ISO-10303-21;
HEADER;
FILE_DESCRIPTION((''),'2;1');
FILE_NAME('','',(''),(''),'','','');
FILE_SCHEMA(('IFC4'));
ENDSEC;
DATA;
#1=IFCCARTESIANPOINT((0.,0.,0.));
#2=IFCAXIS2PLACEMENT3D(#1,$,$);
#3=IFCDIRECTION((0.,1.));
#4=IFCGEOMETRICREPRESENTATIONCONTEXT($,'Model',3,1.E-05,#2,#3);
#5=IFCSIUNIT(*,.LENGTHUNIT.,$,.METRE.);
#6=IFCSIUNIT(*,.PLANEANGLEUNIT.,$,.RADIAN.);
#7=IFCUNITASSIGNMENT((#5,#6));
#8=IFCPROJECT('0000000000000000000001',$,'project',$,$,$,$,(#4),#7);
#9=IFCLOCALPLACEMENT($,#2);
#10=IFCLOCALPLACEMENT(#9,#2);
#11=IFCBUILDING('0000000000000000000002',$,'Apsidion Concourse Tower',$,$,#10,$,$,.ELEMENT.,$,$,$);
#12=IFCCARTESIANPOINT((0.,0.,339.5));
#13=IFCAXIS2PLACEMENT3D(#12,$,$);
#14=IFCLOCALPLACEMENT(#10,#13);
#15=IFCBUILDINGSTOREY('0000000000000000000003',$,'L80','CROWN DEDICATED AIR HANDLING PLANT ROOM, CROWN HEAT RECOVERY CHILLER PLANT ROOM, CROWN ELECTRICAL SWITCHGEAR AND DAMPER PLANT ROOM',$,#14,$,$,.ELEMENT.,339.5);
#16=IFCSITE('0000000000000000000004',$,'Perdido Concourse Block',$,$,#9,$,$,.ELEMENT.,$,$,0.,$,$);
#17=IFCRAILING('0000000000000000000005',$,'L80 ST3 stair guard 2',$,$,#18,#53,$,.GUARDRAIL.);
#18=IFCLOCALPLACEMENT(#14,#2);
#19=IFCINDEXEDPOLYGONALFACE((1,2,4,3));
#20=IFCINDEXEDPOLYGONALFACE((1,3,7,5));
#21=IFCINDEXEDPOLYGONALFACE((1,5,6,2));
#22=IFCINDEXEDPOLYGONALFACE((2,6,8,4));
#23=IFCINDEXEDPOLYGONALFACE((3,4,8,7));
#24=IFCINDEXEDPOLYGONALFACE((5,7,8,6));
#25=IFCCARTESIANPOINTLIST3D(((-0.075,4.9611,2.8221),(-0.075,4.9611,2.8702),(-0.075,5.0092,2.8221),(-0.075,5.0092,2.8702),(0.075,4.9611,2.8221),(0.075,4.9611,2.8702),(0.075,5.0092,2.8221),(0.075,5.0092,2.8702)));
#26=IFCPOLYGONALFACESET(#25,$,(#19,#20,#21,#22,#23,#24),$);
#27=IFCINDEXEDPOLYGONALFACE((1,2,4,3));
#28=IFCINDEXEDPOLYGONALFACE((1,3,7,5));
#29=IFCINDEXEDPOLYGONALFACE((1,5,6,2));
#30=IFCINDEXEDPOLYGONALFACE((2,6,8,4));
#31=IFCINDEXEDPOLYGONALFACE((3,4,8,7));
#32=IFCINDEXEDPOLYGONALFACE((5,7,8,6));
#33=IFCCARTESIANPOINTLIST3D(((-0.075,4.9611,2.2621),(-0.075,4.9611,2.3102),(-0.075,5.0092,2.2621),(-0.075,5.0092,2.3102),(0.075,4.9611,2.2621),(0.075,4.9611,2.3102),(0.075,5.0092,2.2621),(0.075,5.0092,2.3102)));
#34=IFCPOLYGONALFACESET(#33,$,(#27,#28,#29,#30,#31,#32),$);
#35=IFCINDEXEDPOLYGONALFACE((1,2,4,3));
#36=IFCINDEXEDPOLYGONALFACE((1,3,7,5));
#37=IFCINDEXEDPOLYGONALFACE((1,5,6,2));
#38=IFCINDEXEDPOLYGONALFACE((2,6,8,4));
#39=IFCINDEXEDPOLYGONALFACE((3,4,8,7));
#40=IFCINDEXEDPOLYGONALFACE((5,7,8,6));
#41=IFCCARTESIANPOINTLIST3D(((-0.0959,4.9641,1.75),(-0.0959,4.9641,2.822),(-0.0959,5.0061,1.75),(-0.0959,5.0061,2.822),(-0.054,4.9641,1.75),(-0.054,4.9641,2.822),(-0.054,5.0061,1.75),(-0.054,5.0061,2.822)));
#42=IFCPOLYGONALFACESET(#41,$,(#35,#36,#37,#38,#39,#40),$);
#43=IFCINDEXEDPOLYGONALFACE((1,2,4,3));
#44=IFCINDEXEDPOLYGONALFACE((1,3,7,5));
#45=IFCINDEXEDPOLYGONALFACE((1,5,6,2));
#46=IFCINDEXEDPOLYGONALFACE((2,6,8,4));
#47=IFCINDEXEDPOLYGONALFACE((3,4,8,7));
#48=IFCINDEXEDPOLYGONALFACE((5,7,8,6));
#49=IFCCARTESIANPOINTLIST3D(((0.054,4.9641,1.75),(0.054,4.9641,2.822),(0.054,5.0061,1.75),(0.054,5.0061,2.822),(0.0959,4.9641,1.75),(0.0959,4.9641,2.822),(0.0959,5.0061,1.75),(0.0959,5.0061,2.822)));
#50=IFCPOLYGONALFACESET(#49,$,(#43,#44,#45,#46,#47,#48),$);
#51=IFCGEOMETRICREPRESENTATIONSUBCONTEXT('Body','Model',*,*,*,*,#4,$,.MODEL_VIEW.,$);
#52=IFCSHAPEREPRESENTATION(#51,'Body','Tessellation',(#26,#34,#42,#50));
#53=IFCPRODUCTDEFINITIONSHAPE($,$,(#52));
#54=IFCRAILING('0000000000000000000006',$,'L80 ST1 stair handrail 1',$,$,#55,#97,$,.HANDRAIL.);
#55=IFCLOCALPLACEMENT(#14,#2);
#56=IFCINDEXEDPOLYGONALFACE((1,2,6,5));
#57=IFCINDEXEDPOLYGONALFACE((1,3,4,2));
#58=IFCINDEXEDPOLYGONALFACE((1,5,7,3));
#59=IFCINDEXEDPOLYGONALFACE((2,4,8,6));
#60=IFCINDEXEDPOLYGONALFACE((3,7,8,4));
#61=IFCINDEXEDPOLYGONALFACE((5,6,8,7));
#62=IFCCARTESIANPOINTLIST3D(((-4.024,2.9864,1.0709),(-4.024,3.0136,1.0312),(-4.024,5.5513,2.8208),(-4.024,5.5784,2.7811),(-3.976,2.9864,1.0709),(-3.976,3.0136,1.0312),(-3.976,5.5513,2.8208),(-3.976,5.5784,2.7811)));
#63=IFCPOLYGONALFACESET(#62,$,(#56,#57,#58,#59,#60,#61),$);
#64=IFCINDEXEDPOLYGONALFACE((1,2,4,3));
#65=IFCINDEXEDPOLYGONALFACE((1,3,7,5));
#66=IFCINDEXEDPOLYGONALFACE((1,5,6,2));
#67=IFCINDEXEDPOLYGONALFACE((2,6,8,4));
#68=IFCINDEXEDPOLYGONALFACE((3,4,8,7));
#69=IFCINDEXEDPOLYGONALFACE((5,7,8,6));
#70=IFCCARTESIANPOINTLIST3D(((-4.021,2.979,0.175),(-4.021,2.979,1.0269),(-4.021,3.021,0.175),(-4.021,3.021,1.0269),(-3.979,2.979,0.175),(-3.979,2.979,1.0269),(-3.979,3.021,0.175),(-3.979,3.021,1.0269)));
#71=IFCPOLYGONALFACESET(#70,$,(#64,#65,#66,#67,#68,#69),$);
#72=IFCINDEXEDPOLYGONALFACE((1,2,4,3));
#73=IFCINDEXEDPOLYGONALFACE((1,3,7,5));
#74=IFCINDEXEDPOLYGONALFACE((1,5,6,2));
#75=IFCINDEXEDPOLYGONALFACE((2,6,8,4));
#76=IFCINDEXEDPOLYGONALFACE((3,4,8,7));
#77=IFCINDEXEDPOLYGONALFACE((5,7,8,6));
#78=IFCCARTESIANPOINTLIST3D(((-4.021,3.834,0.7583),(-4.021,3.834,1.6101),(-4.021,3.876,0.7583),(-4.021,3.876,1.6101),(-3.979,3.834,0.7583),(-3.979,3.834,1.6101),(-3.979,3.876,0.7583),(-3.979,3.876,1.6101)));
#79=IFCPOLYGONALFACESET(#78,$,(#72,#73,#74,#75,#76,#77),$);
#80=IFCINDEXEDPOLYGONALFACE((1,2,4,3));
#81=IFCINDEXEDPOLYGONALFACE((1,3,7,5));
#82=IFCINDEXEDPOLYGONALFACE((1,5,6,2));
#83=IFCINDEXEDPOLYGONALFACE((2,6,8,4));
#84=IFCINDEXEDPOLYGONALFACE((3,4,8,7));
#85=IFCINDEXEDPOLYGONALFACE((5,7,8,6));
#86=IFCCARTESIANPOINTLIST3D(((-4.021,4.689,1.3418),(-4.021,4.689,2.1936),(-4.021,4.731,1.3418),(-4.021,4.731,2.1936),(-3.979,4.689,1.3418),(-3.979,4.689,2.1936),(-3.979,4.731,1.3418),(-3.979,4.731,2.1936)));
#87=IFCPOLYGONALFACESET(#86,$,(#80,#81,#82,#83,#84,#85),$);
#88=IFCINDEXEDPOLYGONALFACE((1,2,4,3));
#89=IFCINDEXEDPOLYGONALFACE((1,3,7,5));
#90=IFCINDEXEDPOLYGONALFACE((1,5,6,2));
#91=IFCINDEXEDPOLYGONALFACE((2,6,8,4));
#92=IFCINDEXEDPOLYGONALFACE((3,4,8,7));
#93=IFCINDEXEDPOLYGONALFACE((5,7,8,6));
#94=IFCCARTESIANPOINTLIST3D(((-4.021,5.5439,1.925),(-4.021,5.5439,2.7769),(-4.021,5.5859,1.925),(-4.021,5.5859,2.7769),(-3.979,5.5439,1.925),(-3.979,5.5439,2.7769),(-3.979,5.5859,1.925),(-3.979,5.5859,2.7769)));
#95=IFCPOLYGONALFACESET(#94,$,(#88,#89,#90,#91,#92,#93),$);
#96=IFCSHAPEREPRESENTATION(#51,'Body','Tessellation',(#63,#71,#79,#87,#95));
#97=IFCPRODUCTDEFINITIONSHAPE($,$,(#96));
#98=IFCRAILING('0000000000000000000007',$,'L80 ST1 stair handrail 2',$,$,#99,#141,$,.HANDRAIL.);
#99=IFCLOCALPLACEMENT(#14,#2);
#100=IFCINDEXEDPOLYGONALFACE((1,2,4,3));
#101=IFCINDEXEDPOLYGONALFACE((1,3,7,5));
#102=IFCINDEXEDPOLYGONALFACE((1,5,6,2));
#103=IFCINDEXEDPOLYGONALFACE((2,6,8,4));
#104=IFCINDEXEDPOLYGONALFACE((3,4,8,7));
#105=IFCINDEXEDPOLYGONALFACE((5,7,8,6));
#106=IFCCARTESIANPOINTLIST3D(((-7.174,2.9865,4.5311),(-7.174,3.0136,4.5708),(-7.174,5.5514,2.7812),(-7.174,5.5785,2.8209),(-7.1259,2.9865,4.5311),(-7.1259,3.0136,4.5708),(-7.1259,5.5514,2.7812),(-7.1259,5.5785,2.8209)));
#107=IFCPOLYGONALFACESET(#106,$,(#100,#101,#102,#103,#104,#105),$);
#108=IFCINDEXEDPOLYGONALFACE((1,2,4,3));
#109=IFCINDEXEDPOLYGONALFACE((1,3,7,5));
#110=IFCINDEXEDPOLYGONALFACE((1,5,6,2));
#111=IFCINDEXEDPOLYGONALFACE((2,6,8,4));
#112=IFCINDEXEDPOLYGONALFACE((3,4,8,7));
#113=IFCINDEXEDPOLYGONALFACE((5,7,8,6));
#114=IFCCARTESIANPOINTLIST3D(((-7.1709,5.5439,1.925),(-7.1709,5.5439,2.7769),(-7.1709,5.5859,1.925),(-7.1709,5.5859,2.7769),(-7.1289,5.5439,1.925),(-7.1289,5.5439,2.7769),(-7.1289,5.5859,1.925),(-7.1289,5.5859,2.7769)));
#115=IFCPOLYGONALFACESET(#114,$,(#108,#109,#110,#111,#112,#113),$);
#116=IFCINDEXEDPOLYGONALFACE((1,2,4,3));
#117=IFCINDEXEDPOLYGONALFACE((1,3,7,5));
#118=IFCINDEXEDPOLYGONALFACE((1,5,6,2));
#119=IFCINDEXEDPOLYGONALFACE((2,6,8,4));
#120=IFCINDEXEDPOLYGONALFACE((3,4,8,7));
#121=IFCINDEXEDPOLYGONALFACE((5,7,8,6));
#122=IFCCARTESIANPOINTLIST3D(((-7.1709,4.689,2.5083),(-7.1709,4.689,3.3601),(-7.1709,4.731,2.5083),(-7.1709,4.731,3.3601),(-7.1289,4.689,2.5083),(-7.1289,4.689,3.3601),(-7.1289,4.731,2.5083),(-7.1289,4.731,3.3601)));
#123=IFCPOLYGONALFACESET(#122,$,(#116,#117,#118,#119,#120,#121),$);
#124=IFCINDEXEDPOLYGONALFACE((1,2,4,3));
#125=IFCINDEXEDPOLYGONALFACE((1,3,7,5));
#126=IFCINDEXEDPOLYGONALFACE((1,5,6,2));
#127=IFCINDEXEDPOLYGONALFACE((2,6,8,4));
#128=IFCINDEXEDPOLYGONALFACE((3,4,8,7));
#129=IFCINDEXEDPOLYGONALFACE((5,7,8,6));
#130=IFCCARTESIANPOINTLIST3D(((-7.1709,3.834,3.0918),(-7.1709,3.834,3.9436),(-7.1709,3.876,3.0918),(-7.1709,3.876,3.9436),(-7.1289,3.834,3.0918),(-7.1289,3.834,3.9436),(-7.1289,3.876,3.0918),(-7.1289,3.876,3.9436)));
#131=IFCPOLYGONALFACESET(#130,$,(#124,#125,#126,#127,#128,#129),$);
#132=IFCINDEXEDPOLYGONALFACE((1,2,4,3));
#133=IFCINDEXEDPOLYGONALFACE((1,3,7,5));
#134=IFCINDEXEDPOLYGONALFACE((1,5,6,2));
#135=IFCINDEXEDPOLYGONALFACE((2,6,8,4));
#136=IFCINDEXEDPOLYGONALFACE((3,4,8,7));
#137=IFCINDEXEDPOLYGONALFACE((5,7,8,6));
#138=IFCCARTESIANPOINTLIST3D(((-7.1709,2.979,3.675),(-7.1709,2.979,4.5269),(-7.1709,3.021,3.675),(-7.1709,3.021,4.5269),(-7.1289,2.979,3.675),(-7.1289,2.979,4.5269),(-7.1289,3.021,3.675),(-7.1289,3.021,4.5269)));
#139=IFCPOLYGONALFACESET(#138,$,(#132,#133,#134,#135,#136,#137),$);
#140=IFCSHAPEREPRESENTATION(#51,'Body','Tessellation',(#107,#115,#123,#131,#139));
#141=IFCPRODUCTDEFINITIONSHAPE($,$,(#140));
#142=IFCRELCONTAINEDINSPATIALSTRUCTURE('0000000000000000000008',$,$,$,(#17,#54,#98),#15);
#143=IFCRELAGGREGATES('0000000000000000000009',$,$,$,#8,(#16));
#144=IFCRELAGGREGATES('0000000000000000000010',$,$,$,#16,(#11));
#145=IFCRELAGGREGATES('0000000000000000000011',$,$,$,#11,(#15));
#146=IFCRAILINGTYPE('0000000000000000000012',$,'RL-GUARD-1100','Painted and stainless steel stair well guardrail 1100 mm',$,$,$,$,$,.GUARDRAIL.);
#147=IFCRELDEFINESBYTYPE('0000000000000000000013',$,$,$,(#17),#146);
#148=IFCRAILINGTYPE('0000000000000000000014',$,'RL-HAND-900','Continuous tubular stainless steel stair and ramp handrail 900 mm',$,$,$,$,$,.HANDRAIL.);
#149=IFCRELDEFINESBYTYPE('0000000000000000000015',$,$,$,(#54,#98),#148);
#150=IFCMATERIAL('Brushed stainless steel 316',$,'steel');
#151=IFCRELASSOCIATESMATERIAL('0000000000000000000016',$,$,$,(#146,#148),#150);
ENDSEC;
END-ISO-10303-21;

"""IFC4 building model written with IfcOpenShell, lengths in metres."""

from ifc_helpers import new_model, si_unit, direction, frame, origin, origin_2d, place, context, subcontext, project, spatial, rectangle, extrude, material, type_object, element, save


model = new_model("IFC4")

# Units and contexts
model_context = context("Model", 3, precision=1e-05, world=origin(), true_north=direction((0.0, 1.0)))
body_context = subcontext(model_context, "Body", "Model", "MODEL_VIEW")
ifc_project = project(units=[si_unit("LENGTHUNIT", "METRE"), si_unit("PLANEANGLEUNIT", "RADIAN")], contexts=[model_context])

# Site, building, storey
site_placement = place(None, origin())
site = spatial("IfcSite", under=ifc_project, at=site_placement, Name="Perdido Concourse Block", CompositionType="ELEMENT", RefElevation=0.0)
building_placement = place(site_placement, origin())
building = spatial("IfcBuilding", under=site, at=building_placement, Name="Apsidion Concourse Tower", CompositionType="ELEMENT")
storey_placement = place(building_placement, frame((0.0, 0.0, 339.5)))
storey = spatial("IfcBuildingStorey", under=building, at=storey_placement, Name="L80", Description="CROWN DEDICATED AIR HANDLING PLANT ROOM, CROWN HEAT RECOVERY CHILLER PLANT ROOM, CROWN ELECTRICAL SWITCHGEAR AND DAMPER PLANT ROOM", CompositionType="ELEMENT", Elevation=339.5)

# Shared definitions
ifc_material_1 = material(Name="Brushed stainless steel 316", Category="steel")

# Railings
railing_type_1 = type_object("IfcRailingType", Name="RL-GUARD-1100", Description="Painted and stainless steel stair well guardrail 1100 mm", PredefinedType="GUARDRAIL", material=ifc_material_1)
railing_1_placement = place(storey_placement, frame((-0.075, 4.9851, 1.75)))
element("IfcRailing", 1, at=railing_1_placement, inside=storey, type_object=railing_type_1, Name="L80 ST3 stair guard 2", PredefinedType="GUARDRAIL", context=body_context, shape_type="SweptSolid", body=[
    extrude(rectangle(XDim=0.0481, YDim=0.0481, at=origin_2d()), frame((0.0, 0.0, 1.0962), z_axis=(1.0, 0.0, 0.0), x_axis=(0.0, 1.0, 0.0)), (0.0, 0.0, 1.0), 0.1499),
    extrude(rectangle(XDim=0.0481, YDim=0.0481, at=origin_2d()), frame((0.0, 0.0, 0.5361), z_axis=(1.0, 0.0, 0.0), x_axis=(0.0, 1.0, 0.0)), (0.0, 0.0, 1.0), 0.1499),
    extrude(rectangle(XDim=0.042, YDim=0.042, at=origin_2d()), origin(), (0.0, 0.0, 1.0), 1.072),
    extrude(rectangle(XDim=0.042, YDim=0.042, at=origin_2d()), frame((0.1499, 0.0, 0.0)), (0.0, 0.0, 1.0), 1.072),
])
railing_type_2 = type_object("IfcRailingType", Name="RL-HAND-900", Description="Continuous tubular stainless steel stair and ramp handrail 900 mm", PredefinedType="HANDRAIL", material=ifc_material_1)
railing_2_placement = place(storey_placement, frame((-4.0, 3.0, 0.175)))
element("IfcRailing", 2, at=railing_2_placement, inside=storey, type_object=railing_type_2, Name="L80 ST1 stair handrail 1", PredefinedType="HANDRAIL", context=body_context, shape_type="SweptSolid", body=[
    extrude(rectangle(XDim=0.0481, YDim=0.0481, at=origin_2d()), frame((0.0, 0.0, 0.876), z_axis=(0.0, 0.826051, 0.563595), x_axis=(-1.0, 0.0, 0.0)), (0.0, 0.0, 1.0), 3.105),
    extrude(rectangle(XDim=0.042, YDim=0.042, at=origin_2d()), origin(), (0.0, 0.0, 1.0), 0.8518),
    extrude(rectangle(XDim=0.042, YDim=0.042, at=origin_2d()), frame((0.0, 0.855, 0.5833)), (0.0, 0.0, 1.0), 0.8518),
    extrude(rectangle(XDim=0.042, YDim=0.042, at=origin_2d()), frame((0.0, 1.71, 1.1667)), (0.0, 0.0, 1.0), 0.8518),
    extrude(rectangle(XDim=0.042, YDim=0.042, at=origin_2d()), frame((0.0, 2.5649, 1.75)), (0.0, 0.0, 1.0), 0.8518),
])
railing_3_placement = place(storey_placement, frame((-7.1499, 5.5649, 1.925)))
element("IfcRailing", 3, at=railing_3_placement, inside=storey, type_object=railing_type_2, Name="L80 ST1 stair handrail 2", PredefinedType="HANDRAIL", context=body_context, shape_type="SweptSolid", body=[
    extrude(rectangle(XDim=0.0481, YDim=0.0481, at=origin_2d()), frame((0.0, 0.0, 0.876), z_axis=(0.0, -0.826051, 0.563595), x_axis=(1.0, 0.0, 0.0)), (0.0, 0.0, 1.0), 3.105),
    extrude(rectangle(XDim=0.042, YDim=0.042, at=origin_2d()), origin(), (0.0, 0.0, 1.0), 0.8518),
    extrude(rectangle(XDim=0.042, YDim=0.042, at=origin_2d()), frame((0.0, -0.855, 0.5833)), (0.0, 0.0, 1.0), 0.8518),
    extrude(rectangle(XDim=0.042, YDim=0.042, at=origin_2d()), frame((0.0, -1.71, 1.1667)), (0.0, 0.0, 1.0), 0.8518),
    extrude(rectangle(XDim=0.042, YDim=0.042, at=origin_2d()), frame((0.0, -2.5649, 1.75)), (0.0, 0.0, 1.0), 0.8518),
])

save(model, "model.ifc")
